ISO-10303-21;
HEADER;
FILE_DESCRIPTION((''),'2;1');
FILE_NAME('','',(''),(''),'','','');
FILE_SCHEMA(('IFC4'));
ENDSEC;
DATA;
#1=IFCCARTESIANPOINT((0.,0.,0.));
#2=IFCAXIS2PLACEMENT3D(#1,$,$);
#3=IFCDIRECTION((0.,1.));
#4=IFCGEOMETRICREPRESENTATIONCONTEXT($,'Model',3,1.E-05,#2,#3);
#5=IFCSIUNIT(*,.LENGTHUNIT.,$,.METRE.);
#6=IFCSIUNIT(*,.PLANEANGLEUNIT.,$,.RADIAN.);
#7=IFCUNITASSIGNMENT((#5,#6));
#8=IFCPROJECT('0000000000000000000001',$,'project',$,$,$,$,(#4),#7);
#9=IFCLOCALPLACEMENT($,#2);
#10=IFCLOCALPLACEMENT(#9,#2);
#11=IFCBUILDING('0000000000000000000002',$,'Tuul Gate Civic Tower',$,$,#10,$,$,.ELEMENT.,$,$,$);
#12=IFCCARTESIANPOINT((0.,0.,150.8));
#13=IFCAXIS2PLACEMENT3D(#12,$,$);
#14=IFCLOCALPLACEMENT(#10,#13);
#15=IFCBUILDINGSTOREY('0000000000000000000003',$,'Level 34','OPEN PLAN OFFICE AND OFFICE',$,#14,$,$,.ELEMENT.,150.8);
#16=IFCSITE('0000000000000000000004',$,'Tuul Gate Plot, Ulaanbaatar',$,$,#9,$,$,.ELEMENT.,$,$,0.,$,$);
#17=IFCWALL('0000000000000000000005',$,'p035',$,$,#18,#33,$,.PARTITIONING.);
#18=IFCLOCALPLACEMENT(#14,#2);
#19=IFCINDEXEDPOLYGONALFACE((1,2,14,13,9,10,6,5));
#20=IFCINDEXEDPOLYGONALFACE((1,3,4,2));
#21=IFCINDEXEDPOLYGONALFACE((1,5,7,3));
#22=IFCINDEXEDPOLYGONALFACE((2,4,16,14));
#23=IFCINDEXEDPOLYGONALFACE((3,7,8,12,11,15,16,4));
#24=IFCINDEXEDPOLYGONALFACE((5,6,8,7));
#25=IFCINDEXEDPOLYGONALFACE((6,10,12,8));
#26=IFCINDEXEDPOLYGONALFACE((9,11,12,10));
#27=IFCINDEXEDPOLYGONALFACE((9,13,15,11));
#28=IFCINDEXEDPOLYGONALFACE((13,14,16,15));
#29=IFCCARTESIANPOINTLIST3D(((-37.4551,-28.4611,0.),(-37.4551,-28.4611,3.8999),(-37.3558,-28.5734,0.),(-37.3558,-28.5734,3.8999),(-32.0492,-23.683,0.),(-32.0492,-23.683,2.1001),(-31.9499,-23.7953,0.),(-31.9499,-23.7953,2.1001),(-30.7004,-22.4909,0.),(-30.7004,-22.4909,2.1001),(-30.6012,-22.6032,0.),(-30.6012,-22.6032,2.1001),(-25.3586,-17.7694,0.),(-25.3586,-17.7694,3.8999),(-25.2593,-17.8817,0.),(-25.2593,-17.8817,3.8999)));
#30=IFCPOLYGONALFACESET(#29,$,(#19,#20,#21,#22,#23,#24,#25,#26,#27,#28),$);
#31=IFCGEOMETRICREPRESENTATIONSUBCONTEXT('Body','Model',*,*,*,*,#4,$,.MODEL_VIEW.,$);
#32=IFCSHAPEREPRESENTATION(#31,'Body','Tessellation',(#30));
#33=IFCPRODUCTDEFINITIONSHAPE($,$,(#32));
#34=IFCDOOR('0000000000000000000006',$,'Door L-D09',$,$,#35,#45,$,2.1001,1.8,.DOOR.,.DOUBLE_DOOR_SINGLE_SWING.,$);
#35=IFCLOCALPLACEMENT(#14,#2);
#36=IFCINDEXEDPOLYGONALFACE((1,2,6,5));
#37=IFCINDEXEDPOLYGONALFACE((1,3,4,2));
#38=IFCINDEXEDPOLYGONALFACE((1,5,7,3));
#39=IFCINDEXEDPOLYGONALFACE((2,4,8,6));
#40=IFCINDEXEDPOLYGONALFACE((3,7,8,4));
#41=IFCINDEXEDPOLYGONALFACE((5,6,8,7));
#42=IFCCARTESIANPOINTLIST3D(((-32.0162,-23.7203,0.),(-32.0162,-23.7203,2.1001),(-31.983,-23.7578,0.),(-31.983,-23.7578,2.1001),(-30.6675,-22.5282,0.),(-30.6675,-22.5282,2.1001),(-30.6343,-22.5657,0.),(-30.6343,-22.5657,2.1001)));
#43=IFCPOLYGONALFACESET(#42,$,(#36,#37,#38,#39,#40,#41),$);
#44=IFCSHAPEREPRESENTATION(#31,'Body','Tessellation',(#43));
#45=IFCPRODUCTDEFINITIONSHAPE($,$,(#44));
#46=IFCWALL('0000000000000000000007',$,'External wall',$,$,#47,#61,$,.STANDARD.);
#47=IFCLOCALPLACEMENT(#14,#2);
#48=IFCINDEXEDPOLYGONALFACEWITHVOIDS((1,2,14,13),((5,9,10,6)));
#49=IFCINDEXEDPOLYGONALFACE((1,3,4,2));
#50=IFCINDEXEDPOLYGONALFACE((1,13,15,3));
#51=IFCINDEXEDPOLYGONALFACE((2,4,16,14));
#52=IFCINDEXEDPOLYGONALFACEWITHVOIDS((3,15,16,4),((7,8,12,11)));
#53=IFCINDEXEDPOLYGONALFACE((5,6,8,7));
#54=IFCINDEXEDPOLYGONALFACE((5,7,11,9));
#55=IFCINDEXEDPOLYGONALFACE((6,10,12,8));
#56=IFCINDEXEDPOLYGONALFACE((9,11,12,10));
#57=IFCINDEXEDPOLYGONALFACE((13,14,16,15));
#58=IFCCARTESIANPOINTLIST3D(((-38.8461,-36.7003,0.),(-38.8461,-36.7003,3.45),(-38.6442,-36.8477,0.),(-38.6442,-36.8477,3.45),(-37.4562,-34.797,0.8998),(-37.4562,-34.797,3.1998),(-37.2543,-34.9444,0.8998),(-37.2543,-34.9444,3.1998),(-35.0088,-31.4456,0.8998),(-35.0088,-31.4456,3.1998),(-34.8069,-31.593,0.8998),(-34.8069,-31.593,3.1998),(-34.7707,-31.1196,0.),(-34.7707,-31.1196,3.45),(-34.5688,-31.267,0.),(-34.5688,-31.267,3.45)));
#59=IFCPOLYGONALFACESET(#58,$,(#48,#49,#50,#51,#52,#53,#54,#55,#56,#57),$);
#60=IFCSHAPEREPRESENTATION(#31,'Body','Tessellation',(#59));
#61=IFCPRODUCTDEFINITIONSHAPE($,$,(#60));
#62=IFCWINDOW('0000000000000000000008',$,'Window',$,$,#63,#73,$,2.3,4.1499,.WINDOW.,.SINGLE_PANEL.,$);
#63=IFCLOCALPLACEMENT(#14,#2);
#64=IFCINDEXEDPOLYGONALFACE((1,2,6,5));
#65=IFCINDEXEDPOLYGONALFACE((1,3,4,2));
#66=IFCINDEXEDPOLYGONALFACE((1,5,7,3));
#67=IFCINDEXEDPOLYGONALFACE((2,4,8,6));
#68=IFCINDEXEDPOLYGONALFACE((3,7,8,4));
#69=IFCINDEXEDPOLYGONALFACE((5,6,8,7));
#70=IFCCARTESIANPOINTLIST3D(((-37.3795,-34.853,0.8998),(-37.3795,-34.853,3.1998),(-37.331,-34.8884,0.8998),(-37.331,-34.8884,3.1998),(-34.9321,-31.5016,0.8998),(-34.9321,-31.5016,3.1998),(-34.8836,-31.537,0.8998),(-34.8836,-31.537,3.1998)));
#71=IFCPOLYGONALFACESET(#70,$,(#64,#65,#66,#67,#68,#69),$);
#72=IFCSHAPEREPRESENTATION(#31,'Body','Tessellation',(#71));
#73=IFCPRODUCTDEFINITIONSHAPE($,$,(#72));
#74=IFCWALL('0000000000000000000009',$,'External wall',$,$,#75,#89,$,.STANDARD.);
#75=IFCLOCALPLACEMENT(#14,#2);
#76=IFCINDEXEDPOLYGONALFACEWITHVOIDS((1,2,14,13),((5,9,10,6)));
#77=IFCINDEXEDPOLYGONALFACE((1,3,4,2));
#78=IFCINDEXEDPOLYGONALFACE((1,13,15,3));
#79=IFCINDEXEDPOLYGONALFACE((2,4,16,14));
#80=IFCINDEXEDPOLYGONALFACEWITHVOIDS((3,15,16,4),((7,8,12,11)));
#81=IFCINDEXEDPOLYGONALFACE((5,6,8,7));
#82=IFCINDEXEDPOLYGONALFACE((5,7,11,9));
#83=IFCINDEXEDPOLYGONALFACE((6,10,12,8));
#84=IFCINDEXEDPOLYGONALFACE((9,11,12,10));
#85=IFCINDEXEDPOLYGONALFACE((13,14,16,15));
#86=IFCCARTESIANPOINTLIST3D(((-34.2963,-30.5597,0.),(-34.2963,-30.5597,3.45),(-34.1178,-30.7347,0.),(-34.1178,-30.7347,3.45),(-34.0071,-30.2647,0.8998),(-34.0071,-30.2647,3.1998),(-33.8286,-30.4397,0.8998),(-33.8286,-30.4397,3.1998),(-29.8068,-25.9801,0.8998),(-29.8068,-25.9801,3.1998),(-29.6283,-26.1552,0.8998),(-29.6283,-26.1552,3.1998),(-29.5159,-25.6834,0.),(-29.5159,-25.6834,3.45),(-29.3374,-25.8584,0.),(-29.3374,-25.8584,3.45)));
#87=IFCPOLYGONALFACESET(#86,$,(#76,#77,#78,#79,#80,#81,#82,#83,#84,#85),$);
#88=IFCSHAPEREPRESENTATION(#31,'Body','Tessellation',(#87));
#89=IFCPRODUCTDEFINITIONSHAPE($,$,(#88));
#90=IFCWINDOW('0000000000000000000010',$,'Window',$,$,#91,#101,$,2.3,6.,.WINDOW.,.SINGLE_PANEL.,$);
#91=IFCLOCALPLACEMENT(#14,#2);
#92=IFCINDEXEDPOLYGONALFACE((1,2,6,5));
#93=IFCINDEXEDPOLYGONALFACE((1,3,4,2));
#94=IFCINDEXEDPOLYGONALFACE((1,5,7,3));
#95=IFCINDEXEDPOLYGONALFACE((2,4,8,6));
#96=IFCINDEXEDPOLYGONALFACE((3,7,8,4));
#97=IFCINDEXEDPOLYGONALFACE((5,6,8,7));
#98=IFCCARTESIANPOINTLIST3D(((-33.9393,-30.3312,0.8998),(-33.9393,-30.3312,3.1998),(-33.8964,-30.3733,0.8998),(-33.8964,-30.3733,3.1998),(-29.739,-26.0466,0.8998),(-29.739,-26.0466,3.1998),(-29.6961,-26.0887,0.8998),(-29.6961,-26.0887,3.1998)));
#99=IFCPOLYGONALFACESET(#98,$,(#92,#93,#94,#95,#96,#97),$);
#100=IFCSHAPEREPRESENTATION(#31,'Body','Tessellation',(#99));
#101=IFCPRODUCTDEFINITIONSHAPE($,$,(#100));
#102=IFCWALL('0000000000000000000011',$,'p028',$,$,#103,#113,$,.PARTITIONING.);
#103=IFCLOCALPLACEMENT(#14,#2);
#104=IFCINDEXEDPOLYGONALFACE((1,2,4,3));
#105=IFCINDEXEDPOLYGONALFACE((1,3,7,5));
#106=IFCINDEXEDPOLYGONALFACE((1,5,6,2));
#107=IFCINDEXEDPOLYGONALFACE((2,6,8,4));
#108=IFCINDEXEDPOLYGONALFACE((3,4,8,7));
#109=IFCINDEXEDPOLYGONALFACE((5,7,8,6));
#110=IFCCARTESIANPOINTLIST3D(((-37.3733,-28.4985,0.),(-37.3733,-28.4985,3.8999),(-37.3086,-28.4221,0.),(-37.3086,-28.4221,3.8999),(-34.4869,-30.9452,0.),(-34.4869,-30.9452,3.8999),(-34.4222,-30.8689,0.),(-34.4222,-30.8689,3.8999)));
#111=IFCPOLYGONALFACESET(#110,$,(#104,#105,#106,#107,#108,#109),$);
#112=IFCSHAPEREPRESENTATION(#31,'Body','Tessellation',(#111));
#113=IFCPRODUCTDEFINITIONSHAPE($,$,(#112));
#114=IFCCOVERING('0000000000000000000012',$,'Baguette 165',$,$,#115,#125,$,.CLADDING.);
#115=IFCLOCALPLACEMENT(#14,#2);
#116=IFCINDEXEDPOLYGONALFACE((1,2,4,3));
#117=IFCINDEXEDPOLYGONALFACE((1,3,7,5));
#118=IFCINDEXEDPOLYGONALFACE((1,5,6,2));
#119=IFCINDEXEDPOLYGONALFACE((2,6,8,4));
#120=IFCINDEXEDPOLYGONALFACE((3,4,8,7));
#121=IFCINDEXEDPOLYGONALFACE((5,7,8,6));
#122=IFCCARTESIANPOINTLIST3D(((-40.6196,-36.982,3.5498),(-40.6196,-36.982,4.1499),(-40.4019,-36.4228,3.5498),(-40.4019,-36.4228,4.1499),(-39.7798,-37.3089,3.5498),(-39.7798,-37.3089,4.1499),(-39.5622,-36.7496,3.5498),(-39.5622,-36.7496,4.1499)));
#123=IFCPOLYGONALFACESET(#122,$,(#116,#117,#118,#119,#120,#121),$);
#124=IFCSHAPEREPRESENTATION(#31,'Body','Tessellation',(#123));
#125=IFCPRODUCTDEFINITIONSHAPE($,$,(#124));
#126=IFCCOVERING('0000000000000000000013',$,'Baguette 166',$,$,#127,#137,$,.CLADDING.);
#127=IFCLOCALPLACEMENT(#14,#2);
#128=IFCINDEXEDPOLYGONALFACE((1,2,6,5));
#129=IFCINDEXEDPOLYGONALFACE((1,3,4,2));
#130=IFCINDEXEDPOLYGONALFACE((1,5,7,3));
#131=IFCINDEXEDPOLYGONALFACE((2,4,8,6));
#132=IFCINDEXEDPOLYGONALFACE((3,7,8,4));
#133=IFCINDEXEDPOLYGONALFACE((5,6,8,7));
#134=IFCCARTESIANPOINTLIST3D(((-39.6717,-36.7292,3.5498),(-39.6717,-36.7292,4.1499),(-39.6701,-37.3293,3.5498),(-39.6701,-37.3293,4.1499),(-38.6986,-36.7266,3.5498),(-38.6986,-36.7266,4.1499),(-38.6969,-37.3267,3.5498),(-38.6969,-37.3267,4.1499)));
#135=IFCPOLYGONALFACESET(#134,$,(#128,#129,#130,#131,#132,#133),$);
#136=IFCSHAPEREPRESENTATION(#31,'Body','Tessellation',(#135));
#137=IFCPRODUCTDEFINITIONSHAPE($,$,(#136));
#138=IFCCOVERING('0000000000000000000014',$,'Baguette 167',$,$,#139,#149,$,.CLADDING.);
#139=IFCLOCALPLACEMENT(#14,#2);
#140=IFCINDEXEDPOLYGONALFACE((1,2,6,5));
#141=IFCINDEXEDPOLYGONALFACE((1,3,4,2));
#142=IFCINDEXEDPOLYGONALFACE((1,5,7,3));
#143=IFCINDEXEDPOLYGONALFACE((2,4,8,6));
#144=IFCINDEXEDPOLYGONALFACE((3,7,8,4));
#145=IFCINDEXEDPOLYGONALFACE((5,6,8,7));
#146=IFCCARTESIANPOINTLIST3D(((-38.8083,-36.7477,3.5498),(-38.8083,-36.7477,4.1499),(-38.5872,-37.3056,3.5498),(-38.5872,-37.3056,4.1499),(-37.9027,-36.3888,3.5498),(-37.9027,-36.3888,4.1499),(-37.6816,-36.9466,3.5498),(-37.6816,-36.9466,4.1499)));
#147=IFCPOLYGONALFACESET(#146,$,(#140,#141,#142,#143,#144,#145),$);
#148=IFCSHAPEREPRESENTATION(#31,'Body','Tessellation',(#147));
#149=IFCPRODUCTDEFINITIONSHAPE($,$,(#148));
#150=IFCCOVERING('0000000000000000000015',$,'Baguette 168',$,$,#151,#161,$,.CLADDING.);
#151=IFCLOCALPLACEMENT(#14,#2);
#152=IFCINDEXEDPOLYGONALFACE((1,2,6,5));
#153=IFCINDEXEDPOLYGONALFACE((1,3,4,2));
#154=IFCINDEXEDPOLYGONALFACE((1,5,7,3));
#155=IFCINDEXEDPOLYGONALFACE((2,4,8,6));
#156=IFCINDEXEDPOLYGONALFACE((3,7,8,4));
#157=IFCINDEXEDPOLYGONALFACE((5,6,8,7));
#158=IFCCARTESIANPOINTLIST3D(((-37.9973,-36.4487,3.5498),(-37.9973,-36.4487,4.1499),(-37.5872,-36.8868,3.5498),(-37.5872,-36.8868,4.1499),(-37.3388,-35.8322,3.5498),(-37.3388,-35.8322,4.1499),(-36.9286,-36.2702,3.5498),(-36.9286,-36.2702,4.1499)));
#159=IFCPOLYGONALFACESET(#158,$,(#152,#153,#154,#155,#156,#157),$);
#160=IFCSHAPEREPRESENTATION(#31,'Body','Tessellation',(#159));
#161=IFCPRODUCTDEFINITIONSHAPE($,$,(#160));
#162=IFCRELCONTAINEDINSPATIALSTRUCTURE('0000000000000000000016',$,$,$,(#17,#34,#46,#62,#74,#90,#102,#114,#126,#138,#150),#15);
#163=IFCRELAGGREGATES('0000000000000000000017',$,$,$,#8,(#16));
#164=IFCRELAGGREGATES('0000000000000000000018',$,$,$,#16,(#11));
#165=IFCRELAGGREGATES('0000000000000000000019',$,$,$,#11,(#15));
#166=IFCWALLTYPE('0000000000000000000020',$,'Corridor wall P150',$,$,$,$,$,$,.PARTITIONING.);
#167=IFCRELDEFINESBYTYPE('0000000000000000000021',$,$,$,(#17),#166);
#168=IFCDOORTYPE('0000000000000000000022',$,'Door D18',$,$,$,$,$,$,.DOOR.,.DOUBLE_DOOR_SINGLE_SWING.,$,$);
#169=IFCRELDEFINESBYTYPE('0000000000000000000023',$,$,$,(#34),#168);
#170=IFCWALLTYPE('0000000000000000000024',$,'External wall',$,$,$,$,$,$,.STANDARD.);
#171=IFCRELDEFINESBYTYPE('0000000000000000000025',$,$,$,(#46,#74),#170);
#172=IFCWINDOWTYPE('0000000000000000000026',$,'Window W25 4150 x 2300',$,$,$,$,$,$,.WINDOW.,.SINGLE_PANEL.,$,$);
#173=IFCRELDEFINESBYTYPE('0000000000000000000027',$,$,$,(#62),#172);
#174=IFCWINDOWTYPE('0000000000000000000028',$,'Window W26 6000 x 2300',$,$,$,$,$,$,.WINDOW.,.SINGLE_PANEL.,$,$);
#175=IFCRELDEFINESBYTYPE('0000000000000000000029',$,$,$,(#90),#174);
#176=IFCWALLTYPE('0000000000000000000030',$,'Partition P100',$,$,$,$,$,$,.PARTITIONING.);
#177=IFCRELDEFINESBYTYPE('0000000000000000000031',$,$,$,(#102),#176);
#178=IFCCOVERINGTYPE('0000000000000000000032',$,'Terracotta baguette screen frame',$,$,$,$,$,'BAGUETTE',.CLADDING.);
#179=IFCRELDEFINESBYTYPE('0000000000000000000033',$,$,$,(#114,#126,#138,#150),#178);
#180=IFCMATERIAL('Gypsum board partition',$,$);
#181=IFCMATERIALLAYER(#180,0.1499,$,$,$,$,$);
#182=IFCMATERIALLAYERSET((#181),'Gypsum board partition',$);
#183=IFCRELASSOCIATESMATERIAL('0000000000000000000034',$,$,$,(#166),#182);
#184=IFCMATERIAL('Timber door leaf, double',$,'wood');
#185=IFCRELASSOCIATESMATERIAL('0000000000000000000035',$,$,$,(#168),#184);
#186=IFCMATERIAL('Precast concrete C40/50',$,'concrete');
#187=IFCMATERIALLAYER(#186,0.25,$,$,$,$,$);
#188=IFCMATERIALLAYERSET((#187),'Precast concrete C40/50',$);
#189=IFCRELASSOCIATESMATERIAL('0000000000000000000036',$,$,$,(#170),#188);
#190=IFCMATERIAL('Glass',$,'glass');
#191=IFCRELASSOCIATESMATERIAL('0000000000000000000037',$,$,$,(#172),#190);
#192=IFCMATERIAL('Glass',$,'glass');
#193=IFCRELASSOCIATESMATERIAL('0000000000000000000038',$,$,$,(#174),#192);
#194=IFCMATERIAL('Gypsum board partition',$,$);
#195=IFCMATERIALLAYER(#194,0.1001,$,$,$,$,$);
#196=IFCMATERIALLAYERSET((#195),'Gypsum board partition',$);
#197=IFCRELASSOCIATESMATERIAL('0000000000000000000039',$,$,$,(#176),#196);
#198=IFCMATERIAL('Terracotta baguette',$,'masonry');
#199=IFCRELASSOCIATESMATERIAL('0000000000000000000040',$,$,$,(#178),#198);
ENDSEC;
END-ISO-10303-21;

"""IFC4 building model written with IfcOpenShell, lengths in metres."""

from ifc_helpers import new_model, si_unit, direction, frame, frame_2d, origin, origin_2d, place, context, subcontext, project, spatial, rectangle, extrude, material, layer, layer_set, material_profile, profile_set, type_object, element, fill, save


model = new_model("IFC4")

# Units and contexts
model_context = context("Model", 3, precision=1e-05, world=origin(), true_north=direction((0.0, 1.0)))
body_context = subcontext(model_context, "Body", "Model", "MODEL_VIEW")
ifc_project = project(units=[si_unit("LENGTHUNIT", "METRE"), si_unit("PLANEANGLEUNIT", "RADIAN")], contexts=[model_context])

# Site, building, storey
site_placement = place(None, origin())
site = spatial("IfcSite", under=ifc_project, at=site_placement, Name="Tuul Gate Plot, Ulaanbaatar", CompositionType="ELEMENT", RefElevation=0.0)
building_placement = place(site_placement, origin())
building = spatial("IfcBuilding", under=site, at=building_placement, Name="Tuul Gate Civic Tower", CompositionType="ELEMENT")
storey_placement = place(building_placement, frame((0.0, 0.0, 150.8)))
storey = spatial("IfcBuildingStorey", under=building, at=storey_placement, Name="Level 34", Description="OPEN PLAN OFFICE AND OFFICE", CompositionType="ELEMENT", Elevation=150.8)

# Shared definitions
ifc_material_1 = material(Name="Gypsum board partition")
ifc_layer_1 = layer(ifc_material_1, 0.1499)
ifc_layer_set_1 = layer_set([ifc_layer_1], Name="Gypsum board partition")
wall_type_1 = type_object("IfcWallType", Name="Corridor wall P150", PredefinedType="PARTITIONING", material=ifc_layer_set_1)
ifc_material_2 = material(Name="Timber door leaf, double", Category="wood")
door_type = type_object("IfcDoorType", Name="Door D18", OperationType="DOUBLE_DOOR_SINGLE_SWING", PredefinedType="DOOR", material=ifc_material_2)

# Wall, opening, door
wall_1_placement = place(storey_placement, frame((-37.4055, -28.5173, 0.0), z_axis=(0.0, 0.0, 1.0), x_axis=(0.749274, 0.66226, 0.0)))
wall_1 = element("IfcWall", 1, at=wall_1_placement, inside=storey, type_object=wall_type_1, Name="p035", PredefinedType="PARTITIONING", context=body_context, shape_type="SweptSolid", body=[
    extrude(rectangle(XDim=16.1443, YDim=0.1499, at=frame_2d((8.0723, 0.0))), origin(), (0.0, 0.0, 1.0), 3.8999),
])
opening_1_placement = place(wall_1_placement, frame((7.2151, 0.0, 0.0)))
opening_1 = element("IfcOpeningElement", 2, at=opening_1_placement, cuts=wall_1, PredefinedType="OPENING", context=body_context, shape_type="SweptSolid", body=[
    extrude(rectangle(XDim=1.8, YDim=2.1001, at=frame_2d((0.8999, 1.05))), frame((0.0, 0.085, 0.0), z_axis=(0.0, -1.0, 0.0), x_axis=(1.0, 0.0, 0.0)), (0.0, 0.0, 1.0), 0.1699),
])
door_1_placement = place(opening_1_placement, frame((1.8, 0.0, 0.0), z_axis=(0.0, 0.0, 1.0), x_axis=(-1.0, 0.0, 0.0)))
door_1 = element("IfcDoor", 3, at=door_1_placement, inside=storey, type_object=door_type, Name="Door L-D09", OperationType="DOUBLE_DOOR_SINGLE_SWING", OverallHeight=2.1001, OverallWidth=1.8, PredefinedType="DOOR", context=body_context, shape_type="SweptSolid", body=[
    extrude(rectangle(XDim=1.8, YDim=2.1001, at=frame_2d((0.9001, 1.05))), frame((0.0, 0.0249, 0.0), z_axis=(0.0, -1.0, 0.0), x_axis=(1.0, 0.0, 0.0)), (0.0, 0.0, 1.0), 0.05),
])
fill(opening_1, door_1)

# Walls, openings, windows
ifc_material_3 = material(Name="Precast concrete C40/50", Category="concrete")
ifc_layer_2 = layer(ifc_material_3, 0.25)
ifc_layer_set_2 = layer_set([ifc_layer_2], Name="Precast concrete C40/50")
wall_type_2 = type_object("IfcWallType", Name="External wall", PredefinedType="STANDARD", material=ifc_layer_set_2)
wall_2_placement = place(storey_placement, frame((-38.7451, -36.7739, 0.0), z_axis=(0.0, 0.0, 1.0), x_axis=(0.589748, 0.807587, 0.0)))
wall_2 = element("IfcWall", 4, at=wall_2_placement, inside=storey, type_object=wall_type_2, Name="External wall", PredefinedType="STANDARD", context=body_context, shape_type="SweptSolid", body=[
    extrude(rectangle(XDim=6.9104, YDim=0.25, at=frame_2d((3.4551, 0.0))), origin(), (0.0, 0.0, 1.0), 3.45),
])
opening_2_placement = place(wall_2_placement, frame((2.3567, 0.0, 0.8999)))
opening_2 = element("IfcOpeningElement", 5, at=opening_2_placement, cuts=wall_2, PredefinedType="OPENING", context=body_context, shape_type="SweptSolid", body=[
    extrude(rectangle(XDim=4.1499, YDim=2.3, at=frame_2d((2.075, 1.1499))), frame((0.0, 0.135, 0.0), z_axis=(0.0, -1.0, 0.0), x_axis=(1.0, 0.0, 0.0)), (0.0, 0.0, 1.0), 0.27),
])
ifc_material_4 = material(Name="Glass", Category="glass")
window_type_1 = type_object("IfcWindowType", Name="Window W25 4150 x 2300", PartitioningType="SINGLE_PANEL", PredefinedType="WINDOW", material=ifc_material_4)
window_1_placement = place(opening_2_placement, origin())
window_1 = element("IfcWindow", 6, at=window_1_placement, inside=storey, type_object=window_type_1, Name="Window", OverallHeight=2.3, OverallWidth=4.1499, PartitioningType="SINGLE_PANEL", PredefinedType="WINDOW", context=body_context, shape_type="SweptSolid", body=[
    extrude(rectangle(XDim=4.1499, YDim=2.3, at=frame_2d((2.075, 1.1499))), frame((0.0, 0.03, 0.0), z_axis=(0.0, -1.0, 0.0), x_axis=(1.0, 0.0, 0.0)), (0.0, 0.0, 1.0), 0.0601),
])
fill(opening_2, window_1)
wall_3_placement = place(storey_placement, frame((-34.207, -30.6472, 0.0), z_axis=(0.0, 0.0, 1.0), x_axis=(0.700046, 0.714097, 0.0)))
wall_3 = element("IfcWall", 7, at=wall_3_placement, inside=storey, type_object=wall_type_2, Name="External wall", PredefinedType="STANDARD", context=body_context, shape_type="SweptSolid", body=[
    extrude(rectangle(XDim=6.8286, YDim=0.25, at=frame_2d((3.4143, 0.0))), origin(), (0.0, 0.0, 1.0), 3.45),
])
opening_3_placement = place(wall_3_placement, frame((0.4131, 0.0, 0.8999)))
opening_3 = element("IfcOpeningElement", 8, at=opening_3_placement, cuts=wall_3, PredefinedType="OPENING", context=body_context, shape_type="SweptSolid", body=[
    extrude(rectangle(XDim=6.0, YDim=2.3, at=frame_2d((3.0, 1.1499))), frame((0.0, 0.135, 0.0), z_axis=(0.0, -1.0, 0.0), x_axis=(1.0, 0.0, 0.0)), (0.0, 0.0, 1.0), 0.27),
])
ifc_material_5 = material(Name="Glass", Category="glass")
window_type_2 = type_object("IfcWindowType", Name="Window W26 6000 x 2300", PartitioningType="SINGLE_PANEL", PredefinedType="WINDOW", material=ifc_material_5)
window_2_placement = place(opening_3_placement, origin())
window_2 = element("IfcWindow", 9, at=window_2_placement, inside=storey, type_object=window_type_2, Name="Window", OverallHeight=2.3, OverallWidth=6.0, PartitioningType="SINGLE_PANEL", PredefinedType="WINDOW", context=body_context, shape_type="SweptSolid", body=[
    extrude(rectangle(XDim=6.0, YDim=2.3, at=frame_2d((3.0, 1.1499))), frame((0.0, 0.03, 0.0), z_axis=(0.0, -1.0, 0.0), x_axis=(1.0, 0.0, 0.0)), (0.0, 0.0, 1.0), 0.0601),
])
fill(opening_3, window_2)

# Wall
ifc_material_6 = material(Name="Gypsum board partition")
ifc_layer_3 = layer(ifc_material_6, 0.1001)
ifc_layer_set_3 = layer_set([ifc_layer_3], Name="Gypsum board partition")
wall_type_3 = type_object("IfcWallType", Name="Partition P100", PredefinedType="PARTITIONING", material=ifc_layer_set_3)
wall_4_placement = place(storey_placement, frame((-37.3411, -28.4602, 0.0), z_axis=(0.0, 0.0, 1.0), x_axis=(0.762816, -0.646616, 0.0)))
element("IfcWall", 10, at=wall_4_placement, inside=storey, type_object=wall_type_3, Name="p028", PredefinedType="PARTITIONING", context=body_context, shape_type="SweptSolid", body=[
    extrude(rectangle(XDim=3.7839, YDim=0.1001, at=frame_2d((1.8921, 0.0))), origin(), (0.0, 0.0, 1.0), 3.8999),
])

# Coverings
ifc_material_7 = material(Name="Terracotta baguette", Category="masonry")
ifc_material_profile_1 = material_profile(ifc_material_7, rectangle(XDim=0.6001, YDim=0.6001, at=origin_2d()), Name="Terracotta baguette screen frame")
ifc_profile_set_1 = profile_set([ifc_material_profile_1], Name="Terracotta baguette")
covering_type = type_object("IfcCoveringType", Name="Terracotta baguette screen frame", ElementType="BAGUETTE", PredefinedType="CLADDING", material=ifc_profile_set_1)
covering_1_placement = place(storey_placement, frame((-40.5107, -36.7024, 3.8499), z_axis=(0.931893, -0.362734, 0.0), x_axis=(0.362734, 0.931893, 0.0)))
element("IfcCovering", 11, at=covering_1_placement, inside=storey, type_object=covering_type, Name="Baguette 165", PredefinedType="CLADDING", context=body_context, shape_type="SweptSolid", body=[
    extrude(rectangle(XDim=0.6001, YDim=0.6001, at=origin_2d()), origin(), (0.0, 0.0, 1.0), 0.9011),
])
covering_2_placement = place(storey_placement, frame((-39.6709, -37.0293, 3.8499), z_axis=(0.999996, 0.00276, 0.0), x_axis=(-0.00276, 0.999996, 0.0)))
element("IfcCovering", 12, at=covering_2_placement, inside=storey, type_object=covering_type, Name="Baguette 166", PredefinedType="CLADDING", context=body_context, shape_type="SweptSolid", body=[
    extrude(rectangle(XDim=0.6001, YDim=0.6001, at=origin_2d()), origin(), (0.0, 0.0, 1.0), 0.9731),
])
covering_3_placement = place(storey_placement, frame((-38.6978, -37.0266, 3.8499), z_axis=(0.929647, 0.36845, 0.0), x_axis=(-0.36845, 0.929647, 0.0)))
element("IfcCovering", 13, at=covering_3_placement, inside=storey, type_object=covering_type, Name="Baguette 167", PredefinedType="CLADDING", context=body_context, shape_type="SweptSolid", body=[
    extrude(rectangle(XDim=0.6001, YDim=0.6001, at=origin_2d()), origin(), (0.0, 0.0, 1.0), 0.9741),
])
covering_4_placement = place(storey_placement, frame((-37.7922, -36.6677, 3.8499), z_axis=(0.730001, 0.683446, 0.0), x_axis=(-0.683446, 0.730001, 0.0)))
element("IfcCovering", 14, at=covering_4_placement, inside=storey, type_object=covering_type, Name="Baguette 168", PredefinedType="CLADDING", context=body_context, shape_type="SweptSolid", body=[
    extrude(rectangle(XDim=0.6001, YDim=0.6001, at=origin_2d()), origin(), (0.0, 0.0, 1.0), 0.9021),
])

save(model, "model.ifc")
